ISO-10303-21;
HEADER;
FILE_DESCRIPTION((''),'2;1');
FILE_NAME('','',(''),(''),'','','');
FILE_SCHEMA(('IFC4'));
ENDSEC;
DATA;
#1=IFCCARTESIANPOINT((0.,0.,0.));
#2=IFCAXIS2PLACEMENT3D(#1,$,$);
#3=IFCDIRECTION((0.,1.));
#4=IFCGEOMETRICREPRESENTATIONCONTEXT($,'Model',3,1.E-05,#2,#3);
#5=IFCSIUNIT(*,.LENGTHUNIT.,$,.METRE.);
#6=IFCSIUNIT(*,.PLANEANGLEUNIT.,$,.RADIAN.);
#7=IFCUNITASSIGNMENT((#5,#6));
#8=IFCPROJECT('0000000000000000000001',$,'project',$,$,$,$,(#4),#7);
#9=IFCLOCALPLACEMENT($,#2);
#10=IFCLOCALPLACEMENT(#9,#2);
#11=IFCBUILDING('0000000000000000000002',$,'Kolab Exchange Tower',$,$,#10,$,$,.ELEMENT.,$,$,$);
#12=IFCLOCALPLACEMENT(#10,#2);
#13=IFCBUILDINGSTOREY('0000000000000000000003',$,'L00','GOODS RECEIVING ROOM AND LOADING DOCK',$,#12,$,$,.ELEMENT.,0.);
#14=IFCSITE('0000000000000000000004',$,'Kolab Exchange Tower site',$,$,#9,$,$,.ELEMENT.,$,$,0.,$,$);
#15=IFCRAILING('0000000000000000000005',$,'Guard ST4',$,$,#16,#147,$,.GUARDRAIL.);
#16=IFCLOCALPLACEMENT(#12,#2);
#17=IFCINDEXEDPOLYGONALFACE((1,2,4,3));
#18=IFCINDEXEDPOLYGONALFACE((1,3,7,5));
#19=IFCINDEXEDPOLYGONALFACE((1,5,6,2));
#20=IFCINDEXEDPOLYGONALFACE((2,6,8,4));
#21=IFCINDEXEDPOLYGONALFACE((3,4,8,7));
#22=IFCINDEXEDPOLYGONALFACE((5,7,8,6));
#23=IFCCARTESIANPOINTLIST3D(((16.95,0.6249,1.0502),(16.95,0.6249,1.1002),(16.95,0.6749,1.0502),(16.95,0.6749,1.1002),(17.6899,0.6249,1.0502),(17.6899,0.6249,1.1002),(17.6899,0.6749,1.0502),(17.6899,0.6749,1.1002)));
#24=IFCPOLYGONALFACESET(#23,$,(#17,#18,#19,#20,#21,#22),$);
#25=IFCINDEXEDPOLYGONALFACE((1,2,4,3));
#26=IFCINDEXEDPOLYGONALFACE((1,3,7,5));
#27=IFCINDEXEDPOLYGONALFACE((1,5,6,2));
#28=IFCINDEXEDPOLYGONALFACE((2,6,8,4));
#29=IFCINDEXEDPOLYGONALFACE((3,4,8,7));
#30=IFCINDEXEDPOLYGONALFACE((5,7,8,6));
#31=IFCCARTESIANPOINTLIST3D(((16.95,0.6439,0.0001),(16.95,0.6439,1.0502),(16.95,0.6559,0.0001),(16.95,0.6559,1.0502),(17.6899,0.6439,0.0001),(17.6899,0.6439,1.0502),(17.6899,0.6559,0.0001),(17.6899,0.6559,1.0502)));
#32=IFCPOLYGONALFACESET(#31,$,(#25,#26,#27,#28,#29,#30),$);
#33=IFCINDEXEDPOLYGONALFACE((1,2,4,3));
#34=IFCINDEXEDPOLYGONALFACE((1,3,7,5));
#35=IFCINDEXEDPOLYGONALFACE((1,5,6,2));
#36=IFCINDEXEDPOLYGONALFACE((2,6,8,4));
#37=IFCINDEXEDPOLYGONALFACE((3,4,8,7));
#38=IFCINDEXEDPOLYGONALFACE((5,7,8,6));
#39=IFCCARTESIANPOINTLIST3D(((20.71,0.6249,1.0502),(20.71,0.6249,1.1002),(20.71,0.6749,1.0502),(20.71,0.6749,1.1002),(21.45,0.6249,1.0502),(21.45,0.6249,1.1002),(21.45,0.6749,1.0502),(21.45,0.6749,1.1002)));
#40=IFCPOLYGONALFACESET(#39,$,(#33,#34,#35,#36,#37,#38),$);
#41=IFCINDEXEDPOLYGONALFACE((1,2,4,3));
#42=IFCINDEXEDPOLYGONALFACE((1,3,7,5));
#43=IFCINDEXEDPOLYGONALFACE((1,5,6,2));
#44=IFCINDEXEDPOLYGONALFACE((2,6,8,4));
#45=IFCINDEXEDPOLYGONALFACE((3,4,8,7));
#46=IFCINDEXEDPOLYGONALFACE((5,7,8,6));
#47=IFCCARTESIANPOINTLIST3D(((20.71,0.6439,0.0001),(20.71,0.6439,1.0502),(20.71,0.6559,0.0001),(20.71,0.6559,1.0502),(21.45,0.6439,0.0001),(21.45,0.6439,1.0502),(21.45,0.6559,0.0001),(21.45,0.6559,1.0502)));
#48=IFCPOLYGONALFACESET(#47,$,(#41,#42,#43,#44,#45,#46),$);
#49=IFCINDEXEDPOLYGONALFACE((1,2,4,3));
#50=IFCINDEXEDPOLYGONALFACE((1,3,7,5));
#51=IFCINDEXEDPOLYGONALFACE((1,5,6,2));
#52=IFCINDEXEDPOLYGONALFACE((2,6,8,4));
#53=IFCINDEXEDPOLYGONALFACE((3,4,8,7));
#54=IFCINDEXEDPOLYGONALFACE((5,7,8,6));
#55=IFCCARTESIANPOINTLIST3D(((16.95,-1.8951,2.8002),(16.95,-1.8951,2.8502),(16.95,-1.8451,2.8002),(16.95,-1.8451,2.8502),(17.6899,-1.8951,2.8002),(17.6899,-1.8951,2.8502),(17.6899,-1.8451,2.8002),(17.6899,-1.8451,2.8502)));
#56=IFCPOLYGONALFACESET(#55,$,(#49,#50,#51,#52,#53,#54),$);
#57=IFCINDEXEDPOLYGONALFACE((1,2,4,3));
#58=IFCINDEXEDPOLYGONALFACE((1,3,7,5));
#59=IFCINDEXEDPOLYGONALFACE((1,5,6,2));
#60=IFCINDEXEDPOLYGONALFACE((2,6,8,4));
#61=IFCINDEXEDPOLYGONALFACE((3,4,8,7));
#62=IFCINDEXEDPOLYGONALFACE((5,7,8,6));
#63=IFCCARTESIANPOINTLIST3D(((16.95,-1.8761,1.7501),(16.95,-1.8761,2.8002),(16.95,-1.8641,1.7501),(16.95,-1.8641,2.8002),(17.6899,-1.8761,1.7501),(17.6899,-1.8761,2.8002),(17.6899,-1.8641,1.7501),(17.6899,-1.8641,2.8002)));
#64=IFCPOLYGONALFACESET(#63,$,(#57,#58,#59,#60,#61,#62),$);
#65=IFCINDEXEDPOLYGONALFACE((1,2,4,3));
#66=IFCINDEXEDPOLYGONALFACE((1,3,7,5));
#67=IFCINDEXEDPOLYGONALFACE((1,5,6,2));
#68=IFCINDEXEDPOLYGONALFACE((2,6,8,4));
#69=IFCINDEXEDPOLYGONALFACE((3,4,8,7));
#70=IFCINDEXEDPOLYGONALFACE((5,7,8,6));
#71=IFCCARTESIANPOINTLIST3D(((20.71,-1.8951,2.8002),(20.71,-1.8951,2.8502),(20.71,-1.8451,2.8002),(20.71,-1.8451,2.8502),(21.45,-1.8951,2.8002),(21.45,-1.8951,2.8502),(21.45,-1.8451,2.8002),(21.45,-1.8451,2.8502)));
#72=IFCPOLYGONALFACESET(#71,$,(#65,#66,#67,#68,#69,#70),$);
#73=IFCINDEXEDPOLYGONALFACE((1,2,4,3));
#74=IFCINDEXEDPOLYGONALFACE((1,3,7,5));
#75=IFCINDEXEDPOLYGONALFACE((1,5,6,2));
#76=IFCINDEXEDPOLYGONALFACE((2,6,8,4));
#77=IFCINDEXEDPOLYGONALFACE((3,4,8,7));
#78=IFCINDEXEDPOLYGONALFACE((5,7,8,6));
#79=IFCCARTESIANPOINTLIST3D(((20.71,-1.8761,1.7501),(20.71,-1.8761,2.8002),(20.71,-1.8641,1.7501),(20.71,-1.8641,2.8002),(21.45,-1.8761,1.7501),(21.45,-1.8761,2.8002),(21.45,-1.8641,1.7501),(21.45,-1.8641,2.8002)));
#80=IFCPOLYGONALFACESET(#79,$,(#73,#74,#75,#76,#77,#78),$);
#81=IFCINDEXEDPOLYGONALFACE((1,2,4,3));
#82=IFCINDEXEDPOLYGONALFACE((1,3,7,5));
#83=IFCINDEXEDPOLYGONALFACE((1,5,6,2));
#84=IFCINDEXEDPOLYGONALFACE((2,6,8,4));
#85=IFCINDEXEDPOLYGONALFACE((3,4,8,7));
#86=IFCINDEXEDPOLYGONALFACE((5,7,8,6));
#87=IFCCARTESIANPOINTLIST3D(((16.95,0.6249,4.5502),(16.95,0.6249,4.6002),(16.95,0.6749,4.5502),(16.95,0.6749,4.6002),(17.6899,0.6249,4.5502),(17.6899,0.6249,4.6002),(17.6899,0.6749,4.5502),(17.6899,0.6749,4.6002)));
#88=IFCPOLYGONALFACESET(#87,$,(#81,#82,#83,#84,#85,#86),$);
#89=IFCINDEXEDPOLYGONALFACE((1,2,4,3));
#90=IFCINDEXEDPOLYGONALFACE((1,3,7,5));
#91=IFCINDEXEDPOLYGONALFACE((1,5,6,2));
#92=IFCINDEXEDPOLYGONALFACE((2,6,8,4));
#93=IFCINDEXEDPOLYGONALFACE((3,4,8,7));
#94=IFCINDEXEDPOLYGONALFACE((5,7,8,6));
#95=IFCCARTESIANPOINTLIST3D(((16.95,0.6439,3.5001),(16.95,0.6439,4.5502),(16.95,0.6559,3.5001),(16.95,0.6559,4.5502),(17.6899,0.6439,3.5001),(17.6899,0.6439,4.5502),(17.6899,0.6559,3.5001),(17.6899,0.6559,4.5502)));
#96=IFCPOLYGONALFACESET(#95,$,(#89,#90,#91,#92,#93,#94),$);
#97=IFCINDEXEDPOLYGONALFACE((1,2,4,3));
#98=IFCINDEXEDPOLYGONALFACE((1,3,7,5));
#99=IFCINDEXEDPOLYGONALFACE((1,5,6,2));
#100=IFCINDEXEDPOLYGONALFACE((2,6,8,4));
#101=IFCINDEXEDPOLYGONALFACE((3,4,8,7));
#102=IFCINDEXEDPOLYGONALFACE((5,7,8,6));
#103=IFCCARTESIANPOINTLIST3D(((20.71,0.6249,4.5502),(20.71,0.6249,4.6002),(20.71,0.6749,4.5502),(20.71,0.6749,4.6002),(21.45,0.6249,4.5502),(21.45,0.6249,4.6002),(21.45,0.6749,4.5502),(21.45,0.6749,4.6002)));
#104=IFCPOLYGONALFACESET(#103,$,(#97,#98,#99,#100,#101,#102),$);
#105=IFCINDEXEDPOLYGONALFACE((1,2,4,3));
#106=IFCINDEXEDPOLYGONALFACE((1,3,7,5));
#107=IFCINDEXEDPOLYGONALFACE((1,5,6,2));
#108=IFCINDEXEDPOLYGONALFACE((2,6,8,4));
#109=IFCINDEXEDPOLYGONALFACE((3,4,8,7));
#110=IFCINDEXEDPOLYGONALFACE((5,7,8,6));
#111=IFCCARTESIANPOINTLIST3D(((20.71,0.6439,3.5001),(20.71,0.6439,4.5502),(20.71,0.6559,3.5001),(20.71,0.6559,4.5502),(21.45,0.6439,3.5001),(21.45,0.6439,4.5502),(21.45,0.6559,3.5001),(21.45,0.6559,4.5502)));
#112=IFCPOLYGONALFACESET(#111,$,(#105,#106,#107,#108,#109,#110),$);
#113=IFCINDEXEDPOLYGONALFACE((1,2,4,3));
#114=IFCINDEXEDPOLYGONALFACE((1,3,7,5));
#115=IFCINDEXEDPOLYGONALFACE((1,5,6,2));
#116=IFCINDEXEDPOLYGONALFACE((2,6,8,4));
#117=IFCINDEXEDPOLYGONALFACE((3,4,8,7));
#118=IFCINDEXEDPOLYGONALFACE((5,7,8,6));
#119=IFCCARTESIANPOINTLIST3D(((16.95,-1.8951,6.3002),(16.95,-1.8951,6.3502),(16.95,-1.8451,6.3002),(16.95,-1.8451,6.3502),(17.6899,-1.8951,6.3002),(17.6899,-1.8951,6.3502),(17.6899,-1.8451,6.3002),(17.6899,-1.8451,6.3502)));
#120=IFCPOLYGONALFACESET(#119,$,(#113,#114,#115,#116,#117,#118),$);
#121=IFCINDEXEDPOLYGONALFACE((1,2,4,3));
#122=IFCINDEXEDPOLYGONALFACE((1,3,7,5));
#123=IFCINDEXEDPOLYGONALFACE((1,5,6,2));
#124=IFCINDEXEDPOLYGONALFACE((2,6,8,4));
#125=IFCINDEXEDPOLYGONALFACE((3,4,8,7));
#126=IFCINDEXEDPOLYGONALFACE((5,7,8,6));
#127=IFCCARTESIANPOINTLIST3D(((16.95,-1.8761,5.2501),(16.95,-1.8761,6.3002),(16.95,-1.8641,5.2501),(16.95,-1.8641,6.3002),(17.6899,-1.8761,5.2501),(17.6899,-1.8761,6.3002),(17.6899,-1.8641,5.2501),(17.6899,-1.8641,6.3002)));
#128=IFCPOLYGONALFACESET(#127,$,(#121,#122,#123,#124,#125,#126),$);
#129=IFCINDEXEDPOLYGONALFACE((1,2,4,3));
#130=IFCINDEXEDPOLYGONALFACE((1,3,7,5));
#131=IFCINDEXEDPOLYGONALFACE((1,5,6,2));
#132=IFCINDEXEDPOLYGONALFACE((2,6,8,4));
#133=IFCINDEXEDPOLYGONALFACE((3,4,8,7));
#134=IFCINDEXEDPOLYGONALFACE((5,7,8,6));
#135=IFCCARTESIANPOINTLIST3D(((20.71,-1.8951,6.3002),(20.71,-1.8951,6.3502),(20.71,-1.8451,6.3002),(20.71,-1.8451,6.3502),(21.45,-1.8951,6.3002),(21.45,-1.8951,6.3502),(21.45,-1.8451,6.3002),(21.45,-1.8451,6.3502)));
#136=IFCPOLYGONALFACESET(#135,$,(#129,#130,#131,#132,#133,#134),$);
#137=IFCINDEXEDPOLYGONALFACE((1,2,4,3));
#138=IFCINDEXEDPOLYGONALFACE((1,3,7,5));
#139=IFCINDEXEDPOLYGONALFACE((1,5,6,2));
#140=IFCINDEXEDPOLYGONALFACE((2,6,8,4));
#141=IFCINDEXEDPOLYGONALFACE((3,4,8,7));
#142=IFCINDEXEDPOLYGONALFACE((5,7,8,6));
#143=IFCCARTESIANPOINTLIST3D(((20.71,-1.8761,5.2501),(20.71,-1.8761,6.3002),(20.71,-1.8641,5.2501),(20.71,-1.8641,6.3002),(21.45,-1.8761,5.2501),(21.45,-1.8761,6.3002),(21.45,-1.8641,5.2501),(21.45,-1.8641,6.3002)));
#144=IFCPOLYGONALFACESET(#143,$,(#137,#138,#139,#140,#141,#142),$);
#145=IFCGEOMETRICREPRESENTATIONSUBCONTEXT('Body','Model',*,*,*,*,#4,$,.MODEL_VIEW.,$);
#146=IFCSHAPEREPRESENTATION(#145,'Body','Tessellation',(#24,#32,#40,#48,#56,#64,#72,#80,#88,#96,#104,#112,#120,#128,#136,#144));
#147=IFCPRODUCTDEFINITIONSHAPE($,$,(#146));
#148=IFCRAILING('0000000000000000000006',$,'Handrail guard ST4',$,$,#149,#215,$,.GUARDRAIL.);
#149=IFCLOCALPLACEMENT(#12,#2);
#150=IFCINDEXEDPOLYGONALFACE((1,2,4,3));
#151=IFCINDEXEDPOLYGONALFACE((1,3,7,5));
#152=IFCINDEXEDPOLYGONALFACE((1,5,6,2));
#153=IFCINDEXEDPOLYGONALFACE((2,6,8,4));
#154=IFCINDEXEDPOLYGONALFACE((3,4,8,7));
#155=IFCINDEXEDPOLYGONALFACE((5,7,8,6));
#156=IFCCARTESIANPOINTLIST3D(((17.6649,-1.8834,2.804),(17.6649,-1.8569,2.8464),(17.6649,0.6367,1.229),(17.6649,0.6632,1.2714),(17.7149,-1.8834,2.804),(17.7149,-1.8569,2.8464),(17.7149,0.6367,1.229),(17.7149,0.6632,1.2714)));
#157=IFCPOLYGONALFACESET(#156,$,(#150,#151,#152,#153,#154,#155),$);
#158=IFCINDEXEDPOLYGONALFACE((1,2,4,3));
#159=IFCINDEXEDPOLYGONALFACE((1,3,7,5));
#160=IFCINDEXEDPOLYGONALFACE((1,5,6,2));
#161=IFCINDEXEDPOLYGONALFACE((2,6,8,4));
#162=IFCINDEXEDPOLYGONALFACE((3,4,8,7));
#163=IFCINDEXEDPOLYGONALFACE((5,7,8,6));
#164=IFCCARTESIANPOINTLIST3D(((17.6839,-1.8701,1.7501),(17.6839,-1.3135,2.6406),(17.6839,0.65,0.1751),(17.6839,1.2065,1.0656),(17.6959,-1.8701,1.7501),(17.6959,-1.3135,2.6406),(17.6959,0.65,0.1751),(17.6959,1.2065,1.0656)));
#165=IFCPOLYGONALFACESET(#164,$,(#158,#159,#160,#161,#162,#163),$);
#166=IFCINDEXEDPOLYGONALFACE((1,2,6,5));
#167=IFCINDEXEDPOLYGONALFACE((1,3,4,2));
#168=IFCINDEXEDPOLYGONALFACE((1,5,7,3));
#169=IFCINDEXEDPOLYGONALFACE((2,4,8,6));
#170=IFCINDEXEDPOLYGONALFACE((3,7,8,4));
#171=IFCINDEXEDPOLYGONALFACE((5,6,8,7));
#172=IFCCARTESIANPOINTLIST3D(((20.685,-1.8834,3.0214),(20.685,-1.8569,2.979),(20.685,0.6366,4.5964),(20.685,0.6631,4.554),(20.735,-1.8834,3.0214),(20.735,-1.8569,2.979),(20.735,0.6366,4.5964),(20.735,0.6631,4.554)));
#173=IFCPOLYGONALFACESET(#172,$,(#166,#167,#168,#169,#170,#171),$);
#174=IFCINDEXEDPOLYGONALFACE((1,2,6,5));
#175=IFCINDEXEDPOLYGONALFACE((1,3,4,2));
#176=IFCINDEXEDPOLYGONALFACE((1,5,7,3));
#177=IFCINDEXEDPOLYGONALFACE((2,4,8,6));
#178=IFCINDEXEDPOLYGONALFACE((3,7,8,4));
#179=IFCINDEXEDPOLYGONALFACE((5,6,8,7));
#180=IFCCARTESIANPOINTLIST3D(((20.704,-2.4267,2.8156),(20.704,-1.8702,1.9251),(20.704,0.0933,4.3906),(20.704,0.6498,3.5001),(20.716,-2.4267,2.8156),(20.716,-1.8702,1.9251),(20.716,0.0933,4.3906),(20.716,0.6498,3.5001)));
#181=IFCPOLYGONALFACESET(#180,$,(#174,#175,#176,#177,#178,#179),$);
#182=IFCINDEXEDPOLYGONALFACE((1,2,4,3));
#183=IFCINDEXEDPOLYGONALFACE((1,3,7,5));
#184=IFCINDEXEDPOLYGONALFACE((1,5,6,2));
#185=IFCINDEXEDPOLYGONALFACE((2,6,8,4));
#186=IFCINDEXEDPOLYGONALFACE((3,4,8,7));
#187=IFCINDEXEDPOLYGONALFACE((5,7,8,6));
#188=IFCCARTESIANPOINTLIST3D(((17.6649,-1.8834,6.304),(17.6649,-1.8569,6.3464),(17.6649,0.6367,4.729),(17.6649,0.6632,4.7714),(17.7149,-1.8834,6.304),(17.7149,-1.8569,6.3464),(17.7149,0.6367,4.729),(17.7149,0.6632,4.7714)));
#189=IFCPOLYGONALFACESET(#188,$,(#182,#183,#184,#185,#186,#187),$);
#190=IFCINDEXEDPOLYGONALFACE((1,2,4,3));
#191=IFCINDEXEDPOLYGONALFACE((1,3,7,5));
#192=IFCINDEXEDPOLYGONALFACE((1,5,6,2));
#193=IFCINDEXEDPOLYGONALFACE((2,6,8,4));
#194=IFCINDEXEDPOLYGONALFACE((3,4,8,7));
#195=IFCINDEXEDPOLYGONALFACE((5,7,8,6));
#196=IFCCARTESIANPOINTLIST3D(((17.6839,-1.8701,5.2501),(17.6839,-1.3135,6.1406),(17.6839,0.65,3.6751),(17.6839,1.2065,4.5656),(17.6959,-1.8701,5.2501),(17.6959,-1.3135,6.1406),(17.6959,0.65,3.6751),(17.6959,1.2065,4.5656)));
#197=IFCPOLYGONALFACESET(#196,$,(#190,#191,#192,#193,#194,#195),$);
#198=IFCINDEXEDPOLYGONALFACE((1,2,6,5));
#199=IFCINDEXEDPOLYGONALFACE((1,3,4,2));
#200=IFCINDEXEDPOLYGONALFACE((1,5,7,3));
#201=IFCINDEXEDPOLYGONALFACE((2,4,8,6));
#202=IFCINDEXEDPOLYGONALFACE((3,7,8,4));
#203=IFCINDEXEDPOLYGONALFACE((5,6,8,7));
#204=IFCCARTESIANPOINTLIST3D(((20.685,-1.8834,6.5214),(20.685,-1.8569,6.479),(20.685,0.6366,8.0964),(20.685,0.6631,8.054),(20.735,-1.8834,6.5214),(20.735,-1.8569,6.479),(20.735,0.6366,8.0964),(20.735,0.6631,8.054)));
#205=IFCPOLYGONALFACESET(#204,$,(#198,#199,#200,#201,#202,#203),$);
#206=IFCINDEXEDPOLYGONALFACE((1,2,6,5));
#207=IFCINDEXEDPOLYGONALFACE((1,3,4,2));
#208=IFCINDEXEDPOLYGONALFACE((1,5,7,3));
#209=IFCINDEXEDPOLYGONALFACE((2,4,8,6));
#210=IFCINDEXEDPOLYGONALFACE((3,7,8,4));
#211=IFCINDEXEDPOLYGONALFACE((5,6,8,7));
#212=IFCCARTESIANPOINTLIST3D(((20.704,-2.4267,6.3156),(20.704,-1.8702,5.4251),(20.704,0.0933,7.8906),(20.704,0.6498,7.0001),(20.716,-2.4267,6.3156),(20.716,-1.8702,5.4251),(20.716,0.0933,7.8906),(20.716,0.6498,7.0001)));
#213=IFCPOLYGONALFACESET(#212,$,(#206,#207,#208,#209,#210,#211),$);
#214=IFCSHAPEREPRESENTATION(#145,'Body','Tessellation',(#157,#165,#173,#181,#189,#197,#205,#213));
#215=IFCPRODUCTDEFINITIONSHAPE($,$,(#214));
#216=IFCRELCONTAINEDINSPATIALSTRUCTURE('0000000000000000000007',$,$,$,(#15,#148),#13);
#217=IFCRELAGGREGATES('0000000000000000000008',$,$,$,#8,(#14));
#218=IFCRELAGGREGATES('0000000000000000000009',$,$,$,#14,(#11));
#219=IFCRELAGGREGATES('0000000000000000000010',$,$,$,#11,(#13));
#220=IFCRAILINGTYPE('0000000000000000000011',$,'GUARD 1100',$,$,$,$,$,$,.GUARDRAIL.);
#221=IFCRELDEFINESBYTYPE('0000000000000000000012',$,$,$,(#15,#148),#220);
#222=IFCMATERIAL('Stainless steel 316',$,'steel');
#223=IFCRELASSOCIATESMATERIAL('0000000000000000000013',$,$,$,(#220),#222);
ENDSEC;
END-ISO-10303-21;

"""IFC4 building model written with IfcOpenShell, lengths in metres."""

from ifc_helpers import new_model, si_unit, direction, frame, frame_2d, origin, origin_2d, place, context, subcontext, project, spatial, rectangle, extrude, material, type_object, element, save


model = new_model("IFC4")

# Units and contexts
model_context = context("Model", 3, precision=1e-05, world=origin(), true_north=direction((0.0, 1.0)))
body_context = subcontext(model_context, "Body", "Model", "MODEL_VIEW")
ifc_project = project(units=[si_unit("LENGTHUNIT", "METRE"), si_unit("PLANEANGLEUNIT", "RADIAN")], contexts=[model_context])

# Site, building, storey
site_placement = place(None, origin())
site = spatial("IfcSite", under=ifc_project, at=site_placement, Name="Kolab Exchange Tower site", CompositionType="ELEMENT", RefElevation=0.0)
building_placement = place(site_placement, origin())
building = spatial("IfcBuilding", under=site, at=building_placement, Name="Kolab Exchange Tower", CompositionType="ELEMENT")
storey_placement = place(building_placement, origin())
storey = spatial("IfcBuildingStorey", under=building, at=storey_placement, Name="L00", Description="GOODS RECEIVING ROOM AND LOADING DOCK", CompositionType="ELEMENT", Elevation=0.0)

# Railings
ifc_material_1 = material(Name="Stainless steel 316", Category="steel")
railing_type = type_object("IfcRailingType", Name="GUARD 1100", PredefinedType="GUARDRAIL", material=ifc_material_1)
railing_1_placement = place(storey_placement, frame((16.95, 0.6499, 0.0)))
element("IfcRailing", 1, at=railing_1_placement, inside=storey, type_object=railing_type, Name="Guard ST4", PredefinedType="GUARDRAIL", context=body_context, shape_type="SweptSolid", body=[
    extrude(rectangle(XDim=0.05, YDim=0.05, at=origin_2d()), frame((0.0, 0.0, 1.0752), z_axis=(1.0, 0.0, 0.0), x_axis=(0.0, 1.0, 0.0)), (0.0, 0.0, 1.0), 0.74),
    extrude(rectangle(XDim=0.012, YDim=1.0501, at=frame_2d((0.0, 0.5251))), frame((0.0, 0.0, 0.0), z_axis=(1.0, 0.0, 0.0), x_axis=(0.0, 1.0, 0.0)), (0.0, 0.0, 1.0), 0.74),
    extrude(rectangle(XDim=0.05, YDim=0.05, at=origin_2d()), frame((3.76, 0.0, 1.0752), z_axis=(1.0, 0.0, 0.0), x_axis=(0.0, 1.0, 0.0)), (0.0, 0.0, 1.0), 0.74),
    extrude(rectangle(XDim=0.012, YDim=1.0501, at=frame_2d((0.0, 0.5251))), frame((3.76, 0.0, 0.0), z_axis=(1.0, 0.0, 0.0), x_axis=(0.0, 1.0, 0.0)), (0.0, 0.0, 1.0), 0.74),
    extrude(rectangle(XDim=0.05, YDim=0.05, at=origin_2d()), frame((0.0, -2.52, 2.8252), z_axis=(1.0, 0.0, 0.0), x_axis=(0.0, 1.0, 0.0)), (0.0, 0.0, 1.0), 0.74),
    extrude(rectangle(XDim=0.012, YDim=1.0501, at=frame_2d((0.0, 0.5251))), frame((0.0, -2.52, 1.75), z_axis=(1.0, 0.0, 0.0), x_axis=(0.0, 1.0, 0.0)), (0.0, 0.0, 1.0), 0.74),
    extrude(rectangle(XDim=0.05, YDim=0.05, at=origin_2d()), frame((3.76, -2.52, 2.8252), z_axis=(1.0, 0.0, 0.0), x_axis=(0.0, 1.0, 0.0)), (0.0, 0.0, 1.0), 0.74),
    extrude(rectangle(XDim=0.012, YDim=1.0501, at=frame_2d((0.0, 0.5251))), frame((3.76, -2.52, 1.75), z_axis=(1.0, 0.0, 0.0), x_axis=(0.0, 1.0, 0.0)), (0.0, 0.0, 1.0), 0.74),
    extrude(rectangle(XDim=0.05, YDim=0.05, at=origin_2d()), frame((0.0, 0.0, 4.5752), z_axis=(1.0, 0.0, 0.0), x_axis=(0.0, 1.0, 0.0)), (0.0, 0.0, 1.0), 0.74),
    extrude(rectangle(XDim=0.012, YDim=1.0501, at=frame_2d((0.0, 0.5251))), frame((0.0, 0.0, 3.5), z_axis=(1.0, 0.0, 0.0), x_axis=(0.0, 1.0, 0.0)), (0.0, 0.0, 1.0), 0.74),
    extrude(rectangle(XDim=0.05, YDim=0.05, at=origin_2d()), frame((3.76, 0.0, 4.5752), z_axis=(1.0, 0.0, 0.0), x_axis=(0.0, 1.0, 0.0)), (0.0, 0.0, 1.0), 0.74),
    extrude(rectangle(XDim=0.012, YDim=1.0501, at=frame_2d((0.0, 0.5251))), frame((3.76, 0.0, 3.5), z_axis=(1.0, 0.0, 0.0), x_axis=(0.0, 1.0, 0.0)), (0.0, 0.0, 1.0), 0.74),
    extrude(rectangle(XDim=0.05, YDim=0.05, at=origin_2d()), frame((0.0, -2.52, 6.3252), z_axis=(1.0, 0.0, 0.0), x_axis=(0.0, 1.0, 0.0)), (0.0, 0.0, 1.0), 0.74),
    extrude(rectangle(XDim=0.012, YDim=1.0501, at=frame_2d((0.0, 0.5251))), frame((0.0, -2.52, 5.25), z_axis=(1.0, 0.0, 0.0), x_axis=(0.0, 1.0, 0.0)), (0.0, 0.0, 1.0), 0.74),
    extrude(rectangle(XDim=0.05, YDim=0.05, at=origin_2d()), frame((3.76, -2.52, 6.3252), z_axis=(1.0, 0.0, 0.0), x_axis=(0.0, 1.0, 0.0)), (0.0, 0.0, 1.0), 0.74),
    extrude(rectangle(XDim=0.012, YDim=1.0501, at=frame_2d((0.0, 0.5251))), frame((3.76, -2.52, 5.25), z_axis=(1.0, 0.0, 0.0), x_axis=(0.0, 1.0, 0.0)), (0.0, 0.0, 1.0), 0.74),
])
railing_2_placement = place(storey_placement, frame((17.6899, 0.6499, 0.175)))
element("IfcRailing", 2, at=railing_2_placement, inside=storey, type_object=railing_type, Name="Handrail guard ST4", PredefinedType="GUARDRAIL", context=body_context, shape_type="SweptSolid", body=[
    extrude(rectangle(XDim=0.05, YDim=0.05, at=origin_2d()), frame((0.0, 0.0, 1.0752), z_axis=(0.0, -0.848008, 0.529984), x_axis=(1.0, 0.0, 0.0)), (0.0, 0.0, 1.0), 2.9717),
    extrude(rectangle(XDim=0.012, YDim=1.0501, at=frame_2d((0.0, 0.5251))), frame((0.0, 0.0, 0.0), z_axis=(0.0, -0.848008, 0.529984), x_axis=(1.0, 0.0, 0.0)), (0.0, 0.0, 1.0), 2.9717),
    extrude(rectangle(XDim=0.05, YDim=0.05, at=origin_2d()), frame((3.02, -2.52, 2.8252), z_axis=(0.0, 0.848008, 0.529984), x_axis=(-1.0, 0.0, 0.0)), (0.0, 0.0, 1.0), 2.9717),
    extrude(rectangle(XDim=0.012, YDim=1.0501, at=frame_2d((0.0, 0.5251))), frame((3.02, -2.52, 1.75), z_axis=(0.0, 0.848008, 0.529984), x_axis=(-1.0, 0.0, 0.0)), (0.0, 0.0, 1.0), 2.9717),
    extrude(rectangle(XDim=0.05, YDim=0.05, at=origin_2d()), frame((0.0, 0.0, 4.5752), z_axis=(0.0, -0.848008, 0.529984), x_axis=(1.0, 0.0, 0.0)), (0.0, 0.0, 1.0), 2.9717),
    extrude(rectangle(XDim=0.012, YDim=1.0501, at=frame_2d((0.0, 0.5251))), frame((0.0, 0.0, 3.5), z_axis=(0.0, -0.848008, 0.529984), x_axis=(1.0, 0.0, 0.0)), (0.0, 0.0, 1.0), 2.9717),
    extrude(rectangle(XDim=0.05, YDim=0.05, at=origin_2d()), frame((3.02, -2.52, 6.3252), z_axis=(0.0, 0.848008, 0.529984), x_axis=(-1.0, 0.0, 0.0)), (0.0, 0.0, 1.0), 2.9717),
    extrude(rectangle(XDim=0.012, YDim=1.0501, at=frame_2d((0.0, 0.5251))), frame((3.02, -2.52, 5.25), z_axis=(0.0, 0.848008, 0.529984), x_axis=(-1.0, 0.0, 0.0)), (0.0, 0.0, 1.0), 2.9717),
])

save(model, "model.ifc")
